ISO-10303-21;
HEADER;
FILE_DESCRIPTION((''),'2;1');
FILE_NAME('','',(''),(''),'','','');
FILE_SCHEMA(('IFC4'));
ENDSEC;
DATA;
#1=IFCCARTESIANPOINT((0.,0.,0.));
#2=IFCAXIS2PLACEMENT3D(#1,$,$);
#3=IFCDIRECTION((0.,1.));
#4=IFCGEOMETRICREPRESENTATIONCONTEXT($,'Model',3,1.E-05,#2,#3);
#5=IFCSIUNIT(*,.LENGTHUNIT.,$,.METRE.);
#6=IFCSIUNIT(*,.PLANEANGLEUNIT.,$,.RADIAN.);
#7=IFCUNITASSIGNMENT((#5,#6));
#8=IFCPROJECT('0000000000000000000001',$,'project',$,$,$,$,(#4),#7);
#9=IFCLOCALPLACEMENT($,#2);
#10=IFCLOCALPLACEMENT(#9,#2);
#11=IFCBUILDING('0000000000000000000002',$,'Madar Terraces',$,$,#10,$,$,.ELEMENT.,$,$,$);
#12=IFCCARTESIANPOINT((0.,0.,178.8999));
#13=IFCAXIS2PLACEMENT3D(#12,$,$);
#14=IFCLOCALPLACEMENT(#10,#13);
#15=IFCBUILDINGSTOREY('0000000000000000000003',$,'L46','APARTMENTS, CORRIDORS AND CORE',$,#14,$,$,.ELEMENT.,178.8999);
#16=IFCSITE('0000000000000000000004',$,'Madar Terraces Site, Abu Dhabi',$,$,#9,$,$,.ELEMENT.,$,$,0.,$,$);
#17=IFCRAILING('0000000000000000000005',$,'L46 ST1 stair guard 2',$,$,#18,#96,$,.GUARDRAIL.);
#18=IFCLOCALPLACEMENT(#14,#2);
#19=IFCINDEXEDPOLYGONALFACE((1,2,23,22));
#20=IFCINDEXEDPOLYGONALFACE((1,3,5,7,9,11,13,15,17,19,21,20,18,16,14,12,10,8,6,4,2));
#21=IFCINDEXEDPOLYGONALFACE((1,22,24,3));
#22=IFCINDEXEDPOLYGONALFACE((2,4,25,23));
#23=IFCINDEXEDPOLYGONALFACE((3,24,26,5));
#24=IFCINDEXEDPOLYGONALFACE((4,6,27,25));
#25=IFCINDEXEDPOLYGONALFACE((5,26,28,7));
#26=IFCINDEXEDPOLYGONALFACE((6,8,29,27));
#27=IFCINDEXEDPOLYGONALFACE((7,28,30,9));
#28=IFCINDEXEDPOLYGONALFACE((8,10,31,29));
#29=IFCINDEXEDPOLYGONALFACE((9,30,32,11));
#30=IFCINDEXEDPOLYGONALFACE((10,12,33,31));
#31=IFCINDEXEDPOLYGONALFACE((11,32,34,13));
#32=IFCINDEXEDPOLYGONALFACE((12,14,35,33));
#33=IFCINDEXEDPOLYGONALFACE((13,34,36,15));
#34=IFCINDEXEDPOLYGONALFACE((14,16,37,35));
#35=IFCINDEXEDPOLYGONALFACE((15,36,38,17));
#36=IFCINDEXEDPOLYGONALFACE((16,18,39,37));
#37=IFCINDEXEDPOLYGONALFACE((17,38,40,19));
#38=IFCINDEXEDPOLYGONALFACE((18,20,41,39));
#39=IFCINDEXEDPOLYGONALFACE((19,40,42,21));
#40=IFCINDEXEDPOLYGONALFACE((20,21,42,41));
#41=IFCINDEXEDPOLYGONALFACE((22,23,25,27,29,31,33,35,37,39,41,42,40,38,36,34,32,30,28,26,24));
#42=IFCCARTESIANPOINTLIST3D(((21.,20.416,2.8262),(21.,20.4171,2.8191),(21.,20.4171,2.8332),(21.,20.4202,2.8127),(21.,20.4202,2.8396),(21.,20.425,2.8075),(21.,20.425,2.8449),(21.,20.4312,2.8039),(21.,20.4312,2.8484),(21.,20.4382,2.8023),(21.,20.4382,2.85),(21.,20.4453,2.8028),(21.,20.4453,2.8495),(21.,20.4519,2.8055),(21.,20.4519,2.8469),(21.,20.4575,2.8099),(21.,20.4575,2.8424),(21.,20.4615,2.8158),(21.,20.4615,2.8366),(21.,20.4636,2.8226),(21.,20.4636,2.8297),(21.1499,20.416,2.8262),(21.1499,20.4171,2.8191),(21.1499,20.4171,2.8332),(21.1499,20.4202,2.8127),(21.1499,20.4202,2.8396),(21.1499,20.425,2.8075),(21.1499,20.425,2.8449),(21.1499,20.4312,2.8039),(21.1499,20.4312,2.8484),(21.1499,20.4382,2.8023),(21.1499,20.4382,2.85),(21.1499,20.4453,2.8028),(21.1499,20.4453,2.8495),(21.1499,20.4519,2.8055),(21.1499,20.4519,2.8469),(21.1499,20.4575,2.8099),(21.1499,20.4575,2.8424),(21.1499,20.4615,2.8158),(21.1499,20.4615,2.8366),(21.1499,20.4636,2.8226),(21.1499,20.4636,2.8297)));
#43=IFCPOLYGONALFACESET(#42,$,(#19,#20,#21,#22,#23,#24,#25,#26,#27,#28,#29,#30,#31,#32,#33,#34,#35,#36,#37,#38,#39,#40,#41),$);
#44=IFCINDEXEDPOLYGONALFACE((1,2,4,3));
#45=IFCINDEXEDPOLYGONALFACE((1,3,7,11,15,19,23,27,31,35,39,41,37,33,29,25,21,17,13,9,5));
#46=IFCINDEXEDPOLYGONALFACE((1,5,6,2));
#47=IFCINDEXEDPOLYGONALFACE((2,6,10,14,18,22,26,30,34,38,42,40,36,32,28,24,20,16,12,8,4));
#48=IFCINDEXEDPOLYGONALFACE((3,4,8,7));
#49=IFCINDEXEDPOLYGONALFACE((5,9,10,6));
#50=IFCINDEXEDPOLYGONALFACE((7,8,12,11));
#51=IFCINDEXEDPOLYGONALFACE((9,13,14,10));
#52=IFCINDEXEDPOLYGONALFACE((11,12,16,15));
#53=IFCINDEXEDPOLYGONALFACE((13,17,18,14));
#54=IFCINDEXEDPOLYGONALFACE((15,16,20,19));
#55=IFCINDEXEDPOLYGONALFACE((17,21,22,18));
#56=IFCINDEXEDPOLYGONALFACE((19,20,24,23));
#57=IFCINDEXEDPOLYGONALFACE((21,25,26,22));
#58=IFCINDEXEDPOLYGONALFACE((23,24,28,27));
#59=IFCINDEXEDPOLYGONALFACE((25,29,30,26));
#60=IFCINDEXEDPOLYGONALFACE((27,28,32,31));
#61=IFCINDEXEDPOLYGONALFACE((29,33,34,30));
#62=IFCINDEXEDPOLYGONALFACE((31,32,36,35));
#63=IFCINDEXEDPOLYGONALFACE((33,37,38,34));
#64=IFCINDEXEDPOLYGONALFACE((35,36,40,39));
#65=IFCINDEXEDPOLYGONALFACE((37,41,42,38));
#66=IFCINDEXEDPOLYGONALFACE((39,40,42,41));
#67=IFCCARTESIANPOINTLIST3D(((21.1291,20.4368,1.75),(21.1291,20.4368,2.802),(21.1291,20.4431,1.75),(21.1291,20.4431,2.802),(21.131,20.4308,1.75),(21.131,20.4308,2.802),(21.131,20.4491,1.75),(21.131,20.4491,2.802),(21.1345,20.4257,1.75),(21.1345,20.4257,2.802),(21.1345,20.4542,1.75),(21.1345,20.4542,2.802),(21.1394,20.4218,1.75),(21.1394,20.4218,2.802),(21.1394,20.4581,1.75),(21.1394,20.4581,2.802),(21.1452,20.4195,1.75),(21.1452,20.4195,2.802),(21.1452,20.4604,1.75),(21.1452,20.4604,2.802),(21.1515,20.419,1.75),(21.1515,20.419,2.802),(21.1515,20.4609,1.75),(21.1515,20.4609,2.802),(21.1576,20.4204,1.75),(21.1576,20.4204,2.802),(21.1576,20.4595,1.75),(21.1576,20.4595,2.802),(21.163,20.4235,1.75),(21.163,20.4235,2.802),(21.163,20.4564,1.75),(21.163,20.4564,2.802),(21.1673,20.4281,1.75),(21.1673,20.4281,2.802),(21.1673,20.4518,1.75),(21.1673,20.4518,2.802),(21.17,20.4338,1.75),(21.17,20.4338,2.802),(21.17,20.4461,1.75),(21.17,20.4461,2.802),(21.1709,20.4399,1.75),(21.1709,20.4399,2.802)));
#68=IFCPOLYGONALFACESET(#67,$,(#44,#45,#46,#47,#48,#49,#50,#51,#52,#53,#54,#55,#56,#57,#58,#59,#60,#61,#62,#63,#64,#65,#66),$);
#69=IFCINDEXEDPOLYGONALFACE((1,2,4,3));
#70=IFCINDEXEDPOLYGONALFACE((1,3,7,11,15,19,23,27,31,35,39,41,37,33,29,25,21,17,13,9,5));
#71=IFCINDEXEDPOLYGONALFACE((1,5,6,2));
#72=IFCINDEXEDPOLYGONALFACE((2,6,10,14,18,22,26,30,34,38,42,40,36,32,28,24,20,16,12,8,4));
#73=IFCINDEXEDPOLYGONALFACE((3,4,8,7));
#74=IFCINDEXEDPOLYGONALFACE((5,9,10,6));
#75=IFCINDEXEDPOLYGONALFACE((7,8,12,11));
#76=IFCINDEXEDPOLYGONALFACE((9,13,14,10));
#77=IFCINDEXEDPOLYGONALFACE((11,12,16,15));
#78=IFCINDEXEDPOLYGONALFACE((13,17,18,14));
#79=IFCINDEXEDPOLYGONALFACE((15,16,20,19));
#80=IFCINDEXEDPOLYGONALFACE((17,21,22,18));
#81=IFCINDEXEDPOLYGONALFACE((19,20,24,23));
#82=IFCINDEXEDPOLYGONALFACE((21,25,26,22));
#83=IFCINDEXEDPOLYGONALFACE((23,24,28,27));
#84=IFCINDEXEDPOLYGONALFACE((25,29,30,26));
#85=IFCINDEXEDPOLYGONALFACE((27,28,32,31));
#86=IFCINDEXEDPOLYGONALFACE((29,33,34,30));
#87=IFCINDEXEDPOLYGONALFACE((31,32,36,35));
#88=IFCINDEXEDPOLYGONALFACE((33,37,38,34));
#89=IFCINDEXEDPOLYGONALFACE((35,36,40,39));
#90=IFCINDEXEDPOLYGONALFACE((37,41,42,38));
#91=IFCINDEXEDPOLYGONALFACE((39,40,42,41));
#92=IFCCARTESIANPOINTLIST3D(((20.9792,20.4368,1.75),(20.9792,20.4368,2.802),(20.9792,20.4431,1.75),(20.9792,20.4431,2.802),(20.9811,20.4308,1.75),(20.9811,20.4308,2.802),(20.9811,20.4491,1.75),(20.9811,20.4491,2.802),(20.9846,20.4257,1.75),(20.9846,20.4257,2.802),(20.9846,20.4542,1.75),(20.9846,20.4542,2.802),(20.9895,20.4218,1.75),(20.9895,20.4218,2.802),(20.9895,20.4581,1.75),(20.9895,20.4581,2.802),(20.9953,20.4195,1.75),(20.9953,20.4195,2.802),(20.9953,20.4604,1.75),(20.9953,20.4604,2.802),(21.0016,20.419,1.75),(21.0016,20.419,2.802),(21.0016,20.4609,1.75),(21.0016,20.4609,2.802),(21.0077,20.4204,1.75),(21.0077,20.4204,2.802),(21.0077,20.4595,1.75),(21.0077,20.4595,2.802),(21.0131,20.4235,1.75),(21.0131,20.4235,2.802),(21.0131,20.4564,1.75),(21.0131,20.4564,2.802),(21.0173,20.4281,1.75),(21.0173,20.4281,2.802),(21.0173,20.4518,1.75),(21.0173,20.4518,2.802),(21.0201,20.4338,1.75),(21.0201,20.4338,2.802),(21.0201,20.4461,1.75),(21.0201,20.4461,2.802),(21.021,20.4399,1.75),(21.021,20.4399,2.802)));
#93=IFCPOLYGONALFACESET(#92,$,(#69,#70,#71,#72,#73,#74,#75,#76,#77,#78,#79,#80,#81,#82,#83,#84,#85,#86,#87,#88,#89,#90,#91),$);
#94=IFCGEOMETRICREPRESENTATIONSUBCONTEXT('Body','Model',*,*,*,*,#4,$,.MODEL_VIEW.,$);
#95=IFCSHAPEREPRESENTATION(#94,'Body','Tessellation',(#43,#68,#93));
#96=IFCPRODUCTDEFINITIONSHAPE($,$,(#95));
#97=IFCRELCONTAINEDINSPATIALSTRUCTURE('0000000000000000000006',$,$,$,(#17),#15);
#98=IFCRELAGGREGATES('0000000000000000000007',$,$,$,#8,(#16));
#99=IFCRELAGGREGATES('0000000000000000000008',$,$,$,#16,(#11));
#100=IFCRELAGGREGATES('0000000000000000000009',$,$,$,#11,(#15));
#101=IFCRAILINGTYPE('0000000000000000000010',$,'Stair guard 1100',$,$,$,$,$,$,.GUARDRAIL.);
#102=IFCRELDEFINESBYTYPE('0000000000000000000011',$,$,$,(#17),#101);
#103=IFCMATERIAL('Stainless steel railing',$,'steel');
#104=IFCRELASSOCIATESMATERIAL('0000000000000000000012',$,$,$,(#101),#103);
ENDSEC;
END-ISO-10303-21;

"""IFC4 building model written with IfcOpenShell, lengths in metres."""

from ifc_helpers import new_model, si_unit, direction, frame, origin, origin_2d, place, context, subcontext, project, spatial, circle, extrude, material, type_object, element, save


model = new_model("IFC4")

# Units and contexts
model_context = context("Model", 3, precision=1e-05, world=origin(), true_north=direction((0.0, 1.0)))
body_context = subcontext(model_context, "Body", "Model", "MODEL_VIEW")
ifc_project = project(units=[si_unit("LENGTHUNIT", "METRE"), si_unit("PLANEANGLEUNIT", "RADIAN")], contexts=[model_context])

# Site, building, storey
site_placement = place(None, origin())
site = spatial("IfcSite", under=ifc_project, at=site_placement, Name="Madar Terraces Site, Abu Dhabi", CompositionType="ELEMENT", RefElevation=0.0)
building_placement = place(site_placement, origin())
building = spatial("IfcBuilding", under=site, at=building_placement, Name="Madar Terraces", CompositionType="ELEMENT")
storey_placement = place(building_placement, frame((0.0, 0.0, 178.8999)))
storey = spatial("IfcBuildingStorey", under=building, at=storey_placement, Name="L46", Description="APARTMENTS, CORRIDORS AND CORE", CompositionType="ELEMENT", Elevation=178.8999)

# Railing
ifc_material_1 = material(Name="Stainless steel railing", Category="steel")
railing_type_1 = type_object("IfcRailingType", Name="Stair guard 1100", PredefinedType="GUARDRAIL", material=ifc_material_1)
railing_1_placement = place(storey_placement, frame((21.1499, 20.4399, 1.75)))
element("IfcRailing", 1, at=railing_1_placement, inside=storey, type_object=railing_type_1, Name="L46 ST1 stair guard 2", PredefinedType="GUARDRAIL", context=body_context, shape_type="SweptSolid", body=[
    extrude(circle(Radius=0.0239, at=origin_2d()), frame((0.0, 0.0, 1.0762), z_axis=(-1.0, 0.0, 0.0), x_axis=(0.0, -1.0, 0.0)), (0.0, 0.0, 1.0), 0.1499),
    extrude(circle(Radius=0.021, at=origin_2d()), origin(), (0.0, 0.0, 1.0), 1.052),
    extrude(circle(Radius=0.021, at=origin_2d()), frame((-0.1499, 0.0, 0.0)), (0.0, 0.0, 1.0), 1.052),
])

save(model, "model.ifc")
